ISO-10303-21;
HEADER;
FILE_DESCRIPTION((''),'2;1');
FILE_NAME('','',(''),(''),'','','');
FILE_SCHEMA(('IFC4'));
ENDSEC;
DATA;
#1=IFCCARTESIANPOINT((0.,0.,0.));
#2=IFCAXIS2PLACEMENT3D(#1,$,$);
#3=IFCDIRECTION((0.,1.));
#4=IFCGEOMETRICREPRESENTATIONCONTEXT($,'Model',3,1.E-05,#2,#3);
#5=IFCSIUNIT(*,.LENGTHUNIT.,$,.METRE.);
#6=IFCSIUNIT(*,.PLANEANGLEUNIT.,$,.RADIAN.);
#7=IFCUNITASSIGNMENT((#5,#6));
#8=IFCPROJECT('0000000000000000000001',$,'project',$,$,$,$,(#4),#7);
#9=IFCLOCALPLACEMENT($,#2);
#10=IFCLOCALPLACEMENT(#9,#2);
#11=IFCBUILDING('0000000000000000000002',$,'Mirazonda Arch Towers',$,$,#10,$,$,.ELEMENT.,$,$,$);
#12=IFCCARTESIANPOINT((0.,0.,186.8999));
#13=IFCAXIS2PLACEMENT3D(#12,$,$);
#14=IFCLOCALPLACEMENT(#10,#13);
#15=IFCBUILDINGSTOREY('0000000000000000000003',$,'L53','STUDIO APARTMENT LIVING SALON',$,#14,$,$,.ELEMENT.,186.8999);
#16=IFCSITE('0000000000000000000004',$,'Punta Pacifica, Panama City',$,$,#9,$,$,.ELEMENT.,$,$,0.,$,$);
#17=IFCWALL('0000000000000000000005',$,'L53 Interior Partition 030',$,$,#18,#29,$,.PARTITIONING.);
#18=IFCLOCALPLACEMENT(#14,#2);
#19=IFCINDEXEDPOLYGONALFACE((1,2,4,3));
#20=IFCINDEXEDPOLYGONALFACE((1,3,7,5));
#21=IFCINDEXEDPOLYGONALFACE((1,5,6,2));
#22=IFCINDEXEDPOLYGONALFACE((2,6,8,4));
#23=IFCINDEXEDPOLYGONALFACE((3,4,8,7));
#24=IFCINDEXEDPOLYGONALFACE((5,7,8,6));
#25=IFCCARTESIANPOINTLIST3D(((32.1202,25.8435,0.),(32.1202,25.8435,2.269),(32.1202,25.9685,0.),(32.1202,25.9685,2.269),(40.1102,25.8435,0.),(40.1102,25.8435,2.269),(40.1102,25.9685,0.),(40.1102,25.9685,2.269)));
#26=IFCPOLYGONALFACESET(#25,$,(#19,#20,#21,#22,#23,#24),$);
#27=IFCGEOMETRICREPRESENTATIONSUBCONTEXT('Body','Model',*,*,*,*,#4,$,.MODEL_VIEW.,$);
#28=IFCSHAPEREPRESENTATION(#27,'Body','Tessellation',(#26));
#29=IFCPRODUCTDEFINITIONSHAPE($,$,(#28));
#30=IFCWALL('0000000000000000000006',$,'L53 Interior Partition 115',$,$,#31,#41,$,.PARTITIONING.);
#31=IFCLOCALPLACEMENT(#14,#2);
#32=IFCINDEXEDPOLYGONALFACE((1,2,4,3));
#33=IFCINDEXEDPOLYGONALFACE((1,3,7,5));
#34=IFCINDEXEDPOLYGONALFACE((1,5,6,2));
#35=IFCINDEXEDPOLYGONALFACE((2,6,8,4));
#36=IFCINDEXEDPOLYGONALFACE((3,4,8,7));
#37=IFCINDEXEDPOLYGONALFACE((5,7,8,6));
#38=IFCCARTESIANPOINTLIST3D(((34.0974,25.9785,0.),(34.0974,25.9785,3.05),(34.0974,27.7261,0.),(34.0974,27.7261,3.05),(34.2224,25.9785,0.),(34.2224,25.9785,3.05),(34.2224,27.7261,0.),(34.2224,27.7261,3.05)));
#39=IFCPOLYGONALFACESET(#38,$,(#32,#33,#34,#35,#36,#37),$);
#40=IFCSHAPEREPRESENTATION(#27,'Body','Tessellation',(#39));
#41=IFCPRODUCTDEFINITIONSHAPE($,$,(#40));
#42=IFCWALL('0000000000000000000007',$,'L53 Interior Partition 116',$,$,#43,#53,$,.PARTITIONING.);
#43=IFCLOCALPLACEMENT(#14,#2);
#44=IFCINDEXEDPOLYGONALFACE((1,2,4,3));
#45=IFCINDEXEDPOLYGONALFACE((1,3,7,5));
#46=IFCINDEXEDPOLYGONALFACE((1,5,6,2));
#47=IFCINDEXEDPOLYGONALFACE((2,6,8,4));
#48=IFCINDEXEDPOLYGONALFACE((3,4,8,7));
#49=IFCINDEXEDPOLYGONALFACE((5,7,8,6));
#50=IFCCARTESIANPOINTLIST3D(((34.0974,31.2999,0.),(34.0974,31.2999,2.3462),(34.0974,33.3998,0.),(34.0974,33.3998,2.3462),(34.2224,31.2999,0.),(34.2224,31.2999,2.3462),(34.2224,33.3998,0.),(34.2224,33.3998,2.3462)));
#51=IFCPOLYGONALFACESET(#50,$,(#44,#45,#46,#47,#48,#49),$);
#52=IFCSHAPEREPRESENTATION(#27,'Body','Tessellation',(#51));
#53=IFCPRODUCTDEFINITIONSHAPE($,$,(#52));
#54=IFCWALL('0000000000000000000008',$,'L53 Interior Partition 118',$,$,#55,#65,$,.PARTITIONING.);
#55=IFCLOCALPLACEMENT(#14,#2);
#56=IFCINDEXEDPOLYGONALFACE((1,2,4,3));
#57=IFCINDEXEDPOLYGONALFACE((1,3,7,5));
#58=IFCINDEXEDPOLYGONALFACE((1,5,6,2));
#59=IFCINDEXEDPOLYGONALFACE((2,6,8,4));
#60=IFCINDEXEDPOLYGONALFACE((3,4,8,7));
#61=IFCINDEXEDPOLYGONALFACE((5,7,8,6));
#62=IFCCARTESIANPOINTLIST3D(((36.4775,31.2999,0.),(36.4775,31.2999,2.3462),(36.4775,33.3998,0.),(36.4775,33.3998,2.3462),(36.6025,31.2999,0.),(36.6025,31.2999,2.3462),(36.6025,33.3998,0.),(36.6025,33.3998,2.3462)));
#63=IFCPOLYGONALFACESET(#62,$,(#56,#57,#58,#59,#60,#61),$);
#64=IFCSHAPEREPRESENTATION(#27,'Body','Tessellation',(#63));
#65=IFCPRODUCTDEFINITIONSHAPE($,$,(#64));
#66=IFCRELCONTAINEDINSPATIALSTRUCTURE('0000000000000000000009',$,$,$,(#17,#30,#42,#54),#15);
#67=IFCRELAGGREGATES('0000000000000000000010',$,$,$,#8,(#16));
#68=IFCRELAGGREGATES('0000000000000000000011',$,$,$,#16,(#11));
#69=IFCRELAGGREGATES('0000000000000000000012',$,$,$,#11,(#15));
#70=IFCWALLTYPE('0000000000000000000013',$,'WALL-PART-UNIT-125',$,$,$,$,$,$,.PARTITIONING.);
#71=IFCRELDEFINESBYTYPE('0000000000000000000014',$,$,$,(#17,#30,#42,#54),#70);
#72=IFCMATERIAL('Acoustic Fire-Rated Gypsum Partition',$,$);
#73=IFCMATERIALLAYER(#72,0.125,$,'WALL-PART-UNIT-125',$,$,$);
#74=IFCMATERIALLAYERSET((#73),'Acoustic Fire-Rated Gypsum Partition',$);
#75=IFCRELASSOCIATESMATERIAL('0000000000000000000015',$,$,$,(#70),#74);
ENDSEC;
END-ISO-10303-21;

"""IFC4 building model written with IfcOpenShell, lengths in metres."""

from ifc_helpers import new_model, si_unit, direction, frame, frame_2d, origin, place, context, subcontext, project, spatial, rectangle, extrude, material, layer, layer_set, type_object, element, save


model = new_model("IFC4")

# Units and contexts
model_context = context("Model", 3, precision=1e-05, world=origin(), true_north=direction((0.0, 1.0)))
body_context = subcontext(model_context, "Body", "Model", "MODEL_VIEW")
ifc_project = project(units=[si_unit("LENGTHUNIT", "METRE"), si_unit("PLANEANGLEUNIT", "RADIAN")], contexts=[model_context])

# Site, building, storey
site_placement = place(None, origin())
site = spatial("IfcSite", under=ifc_project, at=site_placement, Name="Punta Pacifica, Panama City", CompositionType="ELEMENT", RefElevation=0.0)
building_placement = place(site_placement, origin())
building = spatial("IfcBuilding", under=site, at=building_placement, Name="Mirazonda Arch Towers", CompositionType="ELEMENT")
storey_placement = place(building_placement, frame((0.0, 0.0, 186.8999)))
storey = spatial("IfcBuildingStorey", under=building, at=storey_placement, Name="L53", Description="STUDIO APARTMENT LIVING SALON", CompositionType="ELEMENT", Elevation=186.8999)

# Walls
ifc_material_1 = material(Name="Acoustic Fire-Rated Gypsum Partition")
ifc_layer_1 = layer(ifc_material_1, 0.125, Name="WALL-PART-UNIT-125")
ifc_layer_set_1 = layer_set([ifc_layer_1], Name="Acoustic Fire-Rated Gypsum Partition")
wall_type_1 = type_object("IfcWallType", Name="WALL-PART-UNIT-125", PredefinedType="PARTITIONING", material=ifc_layer_set_1)
wall_1_placement = place(storey_placement, frame((32.1201, 25.906, 0.0), z_axis=(0.0, 0.0, 1.0), x_axis=(1.0, 0.0, 0.0)))
element("IfcWall", 1, at=wall_1_placement, inside=storey, type_object=wall_type_1, Name="L53 Interior Partition 030", PredefinedType="PARTITIONING", context=body_context, shape_type="SweptSolid", body=[
    extrude(rectangle(XDim=7.99, YDim=0.125, at=frame_2d((3.9951, 0.0))), origin(), (0.0, 0.0, 1.0), 2.269),
])
wall_2_placement = place(storey_placement, frame((34.1599, 25.9785, 0.0), z_axis=(0.0, 0.0, 1.0), x_axis=(0.0, 1.0, 0.0)))
element("IfcWall", 2, at=wall_2_placement, inside=storey, type_object=wall_type_1, Name="L53 Interior Partition 115", PredefinedType="PARTITIONING", context=body_context, shape_type="SweptSolid", body=[
    extrude(rectangle(XDim=1.7476, YDim=0.125, at=frame_2d((0.8738, 0.0))), origin(), (0.0, 0.0, 1.0), 3.05),
])
for number, where, z_axis, x_axis, name in (
    (3, (34.1599, 31.3, 0.0), (0.0, 0.0, 1.0), (0.0, 1.0, 0.0), "L53 Interior Partition 116"),
    (4, (36.54, 31.3, 0.0), (0.0, 0.0, 1.0), (0.0, 1.0, 0.0), "L53 Interior Partition 118"),
):
    element("IfcWall", number, at=place(storey_placement, frame(where, z_axis=z_axis, x_axis=x_axis)), inside=storey, type_object=wall_type_1, Name=name, PredefinedType="PARTITIONING", context=body_context, shape_type="SweptSolid", body=[
        extrude(rectangle(XDim=2.0999, YDim=0.125, at=frame_2d((1.0498, 0.0))), origin(), (0.0, 0.0, 1.0), 2.3462),
    ])

save(model, "model.ifc")
